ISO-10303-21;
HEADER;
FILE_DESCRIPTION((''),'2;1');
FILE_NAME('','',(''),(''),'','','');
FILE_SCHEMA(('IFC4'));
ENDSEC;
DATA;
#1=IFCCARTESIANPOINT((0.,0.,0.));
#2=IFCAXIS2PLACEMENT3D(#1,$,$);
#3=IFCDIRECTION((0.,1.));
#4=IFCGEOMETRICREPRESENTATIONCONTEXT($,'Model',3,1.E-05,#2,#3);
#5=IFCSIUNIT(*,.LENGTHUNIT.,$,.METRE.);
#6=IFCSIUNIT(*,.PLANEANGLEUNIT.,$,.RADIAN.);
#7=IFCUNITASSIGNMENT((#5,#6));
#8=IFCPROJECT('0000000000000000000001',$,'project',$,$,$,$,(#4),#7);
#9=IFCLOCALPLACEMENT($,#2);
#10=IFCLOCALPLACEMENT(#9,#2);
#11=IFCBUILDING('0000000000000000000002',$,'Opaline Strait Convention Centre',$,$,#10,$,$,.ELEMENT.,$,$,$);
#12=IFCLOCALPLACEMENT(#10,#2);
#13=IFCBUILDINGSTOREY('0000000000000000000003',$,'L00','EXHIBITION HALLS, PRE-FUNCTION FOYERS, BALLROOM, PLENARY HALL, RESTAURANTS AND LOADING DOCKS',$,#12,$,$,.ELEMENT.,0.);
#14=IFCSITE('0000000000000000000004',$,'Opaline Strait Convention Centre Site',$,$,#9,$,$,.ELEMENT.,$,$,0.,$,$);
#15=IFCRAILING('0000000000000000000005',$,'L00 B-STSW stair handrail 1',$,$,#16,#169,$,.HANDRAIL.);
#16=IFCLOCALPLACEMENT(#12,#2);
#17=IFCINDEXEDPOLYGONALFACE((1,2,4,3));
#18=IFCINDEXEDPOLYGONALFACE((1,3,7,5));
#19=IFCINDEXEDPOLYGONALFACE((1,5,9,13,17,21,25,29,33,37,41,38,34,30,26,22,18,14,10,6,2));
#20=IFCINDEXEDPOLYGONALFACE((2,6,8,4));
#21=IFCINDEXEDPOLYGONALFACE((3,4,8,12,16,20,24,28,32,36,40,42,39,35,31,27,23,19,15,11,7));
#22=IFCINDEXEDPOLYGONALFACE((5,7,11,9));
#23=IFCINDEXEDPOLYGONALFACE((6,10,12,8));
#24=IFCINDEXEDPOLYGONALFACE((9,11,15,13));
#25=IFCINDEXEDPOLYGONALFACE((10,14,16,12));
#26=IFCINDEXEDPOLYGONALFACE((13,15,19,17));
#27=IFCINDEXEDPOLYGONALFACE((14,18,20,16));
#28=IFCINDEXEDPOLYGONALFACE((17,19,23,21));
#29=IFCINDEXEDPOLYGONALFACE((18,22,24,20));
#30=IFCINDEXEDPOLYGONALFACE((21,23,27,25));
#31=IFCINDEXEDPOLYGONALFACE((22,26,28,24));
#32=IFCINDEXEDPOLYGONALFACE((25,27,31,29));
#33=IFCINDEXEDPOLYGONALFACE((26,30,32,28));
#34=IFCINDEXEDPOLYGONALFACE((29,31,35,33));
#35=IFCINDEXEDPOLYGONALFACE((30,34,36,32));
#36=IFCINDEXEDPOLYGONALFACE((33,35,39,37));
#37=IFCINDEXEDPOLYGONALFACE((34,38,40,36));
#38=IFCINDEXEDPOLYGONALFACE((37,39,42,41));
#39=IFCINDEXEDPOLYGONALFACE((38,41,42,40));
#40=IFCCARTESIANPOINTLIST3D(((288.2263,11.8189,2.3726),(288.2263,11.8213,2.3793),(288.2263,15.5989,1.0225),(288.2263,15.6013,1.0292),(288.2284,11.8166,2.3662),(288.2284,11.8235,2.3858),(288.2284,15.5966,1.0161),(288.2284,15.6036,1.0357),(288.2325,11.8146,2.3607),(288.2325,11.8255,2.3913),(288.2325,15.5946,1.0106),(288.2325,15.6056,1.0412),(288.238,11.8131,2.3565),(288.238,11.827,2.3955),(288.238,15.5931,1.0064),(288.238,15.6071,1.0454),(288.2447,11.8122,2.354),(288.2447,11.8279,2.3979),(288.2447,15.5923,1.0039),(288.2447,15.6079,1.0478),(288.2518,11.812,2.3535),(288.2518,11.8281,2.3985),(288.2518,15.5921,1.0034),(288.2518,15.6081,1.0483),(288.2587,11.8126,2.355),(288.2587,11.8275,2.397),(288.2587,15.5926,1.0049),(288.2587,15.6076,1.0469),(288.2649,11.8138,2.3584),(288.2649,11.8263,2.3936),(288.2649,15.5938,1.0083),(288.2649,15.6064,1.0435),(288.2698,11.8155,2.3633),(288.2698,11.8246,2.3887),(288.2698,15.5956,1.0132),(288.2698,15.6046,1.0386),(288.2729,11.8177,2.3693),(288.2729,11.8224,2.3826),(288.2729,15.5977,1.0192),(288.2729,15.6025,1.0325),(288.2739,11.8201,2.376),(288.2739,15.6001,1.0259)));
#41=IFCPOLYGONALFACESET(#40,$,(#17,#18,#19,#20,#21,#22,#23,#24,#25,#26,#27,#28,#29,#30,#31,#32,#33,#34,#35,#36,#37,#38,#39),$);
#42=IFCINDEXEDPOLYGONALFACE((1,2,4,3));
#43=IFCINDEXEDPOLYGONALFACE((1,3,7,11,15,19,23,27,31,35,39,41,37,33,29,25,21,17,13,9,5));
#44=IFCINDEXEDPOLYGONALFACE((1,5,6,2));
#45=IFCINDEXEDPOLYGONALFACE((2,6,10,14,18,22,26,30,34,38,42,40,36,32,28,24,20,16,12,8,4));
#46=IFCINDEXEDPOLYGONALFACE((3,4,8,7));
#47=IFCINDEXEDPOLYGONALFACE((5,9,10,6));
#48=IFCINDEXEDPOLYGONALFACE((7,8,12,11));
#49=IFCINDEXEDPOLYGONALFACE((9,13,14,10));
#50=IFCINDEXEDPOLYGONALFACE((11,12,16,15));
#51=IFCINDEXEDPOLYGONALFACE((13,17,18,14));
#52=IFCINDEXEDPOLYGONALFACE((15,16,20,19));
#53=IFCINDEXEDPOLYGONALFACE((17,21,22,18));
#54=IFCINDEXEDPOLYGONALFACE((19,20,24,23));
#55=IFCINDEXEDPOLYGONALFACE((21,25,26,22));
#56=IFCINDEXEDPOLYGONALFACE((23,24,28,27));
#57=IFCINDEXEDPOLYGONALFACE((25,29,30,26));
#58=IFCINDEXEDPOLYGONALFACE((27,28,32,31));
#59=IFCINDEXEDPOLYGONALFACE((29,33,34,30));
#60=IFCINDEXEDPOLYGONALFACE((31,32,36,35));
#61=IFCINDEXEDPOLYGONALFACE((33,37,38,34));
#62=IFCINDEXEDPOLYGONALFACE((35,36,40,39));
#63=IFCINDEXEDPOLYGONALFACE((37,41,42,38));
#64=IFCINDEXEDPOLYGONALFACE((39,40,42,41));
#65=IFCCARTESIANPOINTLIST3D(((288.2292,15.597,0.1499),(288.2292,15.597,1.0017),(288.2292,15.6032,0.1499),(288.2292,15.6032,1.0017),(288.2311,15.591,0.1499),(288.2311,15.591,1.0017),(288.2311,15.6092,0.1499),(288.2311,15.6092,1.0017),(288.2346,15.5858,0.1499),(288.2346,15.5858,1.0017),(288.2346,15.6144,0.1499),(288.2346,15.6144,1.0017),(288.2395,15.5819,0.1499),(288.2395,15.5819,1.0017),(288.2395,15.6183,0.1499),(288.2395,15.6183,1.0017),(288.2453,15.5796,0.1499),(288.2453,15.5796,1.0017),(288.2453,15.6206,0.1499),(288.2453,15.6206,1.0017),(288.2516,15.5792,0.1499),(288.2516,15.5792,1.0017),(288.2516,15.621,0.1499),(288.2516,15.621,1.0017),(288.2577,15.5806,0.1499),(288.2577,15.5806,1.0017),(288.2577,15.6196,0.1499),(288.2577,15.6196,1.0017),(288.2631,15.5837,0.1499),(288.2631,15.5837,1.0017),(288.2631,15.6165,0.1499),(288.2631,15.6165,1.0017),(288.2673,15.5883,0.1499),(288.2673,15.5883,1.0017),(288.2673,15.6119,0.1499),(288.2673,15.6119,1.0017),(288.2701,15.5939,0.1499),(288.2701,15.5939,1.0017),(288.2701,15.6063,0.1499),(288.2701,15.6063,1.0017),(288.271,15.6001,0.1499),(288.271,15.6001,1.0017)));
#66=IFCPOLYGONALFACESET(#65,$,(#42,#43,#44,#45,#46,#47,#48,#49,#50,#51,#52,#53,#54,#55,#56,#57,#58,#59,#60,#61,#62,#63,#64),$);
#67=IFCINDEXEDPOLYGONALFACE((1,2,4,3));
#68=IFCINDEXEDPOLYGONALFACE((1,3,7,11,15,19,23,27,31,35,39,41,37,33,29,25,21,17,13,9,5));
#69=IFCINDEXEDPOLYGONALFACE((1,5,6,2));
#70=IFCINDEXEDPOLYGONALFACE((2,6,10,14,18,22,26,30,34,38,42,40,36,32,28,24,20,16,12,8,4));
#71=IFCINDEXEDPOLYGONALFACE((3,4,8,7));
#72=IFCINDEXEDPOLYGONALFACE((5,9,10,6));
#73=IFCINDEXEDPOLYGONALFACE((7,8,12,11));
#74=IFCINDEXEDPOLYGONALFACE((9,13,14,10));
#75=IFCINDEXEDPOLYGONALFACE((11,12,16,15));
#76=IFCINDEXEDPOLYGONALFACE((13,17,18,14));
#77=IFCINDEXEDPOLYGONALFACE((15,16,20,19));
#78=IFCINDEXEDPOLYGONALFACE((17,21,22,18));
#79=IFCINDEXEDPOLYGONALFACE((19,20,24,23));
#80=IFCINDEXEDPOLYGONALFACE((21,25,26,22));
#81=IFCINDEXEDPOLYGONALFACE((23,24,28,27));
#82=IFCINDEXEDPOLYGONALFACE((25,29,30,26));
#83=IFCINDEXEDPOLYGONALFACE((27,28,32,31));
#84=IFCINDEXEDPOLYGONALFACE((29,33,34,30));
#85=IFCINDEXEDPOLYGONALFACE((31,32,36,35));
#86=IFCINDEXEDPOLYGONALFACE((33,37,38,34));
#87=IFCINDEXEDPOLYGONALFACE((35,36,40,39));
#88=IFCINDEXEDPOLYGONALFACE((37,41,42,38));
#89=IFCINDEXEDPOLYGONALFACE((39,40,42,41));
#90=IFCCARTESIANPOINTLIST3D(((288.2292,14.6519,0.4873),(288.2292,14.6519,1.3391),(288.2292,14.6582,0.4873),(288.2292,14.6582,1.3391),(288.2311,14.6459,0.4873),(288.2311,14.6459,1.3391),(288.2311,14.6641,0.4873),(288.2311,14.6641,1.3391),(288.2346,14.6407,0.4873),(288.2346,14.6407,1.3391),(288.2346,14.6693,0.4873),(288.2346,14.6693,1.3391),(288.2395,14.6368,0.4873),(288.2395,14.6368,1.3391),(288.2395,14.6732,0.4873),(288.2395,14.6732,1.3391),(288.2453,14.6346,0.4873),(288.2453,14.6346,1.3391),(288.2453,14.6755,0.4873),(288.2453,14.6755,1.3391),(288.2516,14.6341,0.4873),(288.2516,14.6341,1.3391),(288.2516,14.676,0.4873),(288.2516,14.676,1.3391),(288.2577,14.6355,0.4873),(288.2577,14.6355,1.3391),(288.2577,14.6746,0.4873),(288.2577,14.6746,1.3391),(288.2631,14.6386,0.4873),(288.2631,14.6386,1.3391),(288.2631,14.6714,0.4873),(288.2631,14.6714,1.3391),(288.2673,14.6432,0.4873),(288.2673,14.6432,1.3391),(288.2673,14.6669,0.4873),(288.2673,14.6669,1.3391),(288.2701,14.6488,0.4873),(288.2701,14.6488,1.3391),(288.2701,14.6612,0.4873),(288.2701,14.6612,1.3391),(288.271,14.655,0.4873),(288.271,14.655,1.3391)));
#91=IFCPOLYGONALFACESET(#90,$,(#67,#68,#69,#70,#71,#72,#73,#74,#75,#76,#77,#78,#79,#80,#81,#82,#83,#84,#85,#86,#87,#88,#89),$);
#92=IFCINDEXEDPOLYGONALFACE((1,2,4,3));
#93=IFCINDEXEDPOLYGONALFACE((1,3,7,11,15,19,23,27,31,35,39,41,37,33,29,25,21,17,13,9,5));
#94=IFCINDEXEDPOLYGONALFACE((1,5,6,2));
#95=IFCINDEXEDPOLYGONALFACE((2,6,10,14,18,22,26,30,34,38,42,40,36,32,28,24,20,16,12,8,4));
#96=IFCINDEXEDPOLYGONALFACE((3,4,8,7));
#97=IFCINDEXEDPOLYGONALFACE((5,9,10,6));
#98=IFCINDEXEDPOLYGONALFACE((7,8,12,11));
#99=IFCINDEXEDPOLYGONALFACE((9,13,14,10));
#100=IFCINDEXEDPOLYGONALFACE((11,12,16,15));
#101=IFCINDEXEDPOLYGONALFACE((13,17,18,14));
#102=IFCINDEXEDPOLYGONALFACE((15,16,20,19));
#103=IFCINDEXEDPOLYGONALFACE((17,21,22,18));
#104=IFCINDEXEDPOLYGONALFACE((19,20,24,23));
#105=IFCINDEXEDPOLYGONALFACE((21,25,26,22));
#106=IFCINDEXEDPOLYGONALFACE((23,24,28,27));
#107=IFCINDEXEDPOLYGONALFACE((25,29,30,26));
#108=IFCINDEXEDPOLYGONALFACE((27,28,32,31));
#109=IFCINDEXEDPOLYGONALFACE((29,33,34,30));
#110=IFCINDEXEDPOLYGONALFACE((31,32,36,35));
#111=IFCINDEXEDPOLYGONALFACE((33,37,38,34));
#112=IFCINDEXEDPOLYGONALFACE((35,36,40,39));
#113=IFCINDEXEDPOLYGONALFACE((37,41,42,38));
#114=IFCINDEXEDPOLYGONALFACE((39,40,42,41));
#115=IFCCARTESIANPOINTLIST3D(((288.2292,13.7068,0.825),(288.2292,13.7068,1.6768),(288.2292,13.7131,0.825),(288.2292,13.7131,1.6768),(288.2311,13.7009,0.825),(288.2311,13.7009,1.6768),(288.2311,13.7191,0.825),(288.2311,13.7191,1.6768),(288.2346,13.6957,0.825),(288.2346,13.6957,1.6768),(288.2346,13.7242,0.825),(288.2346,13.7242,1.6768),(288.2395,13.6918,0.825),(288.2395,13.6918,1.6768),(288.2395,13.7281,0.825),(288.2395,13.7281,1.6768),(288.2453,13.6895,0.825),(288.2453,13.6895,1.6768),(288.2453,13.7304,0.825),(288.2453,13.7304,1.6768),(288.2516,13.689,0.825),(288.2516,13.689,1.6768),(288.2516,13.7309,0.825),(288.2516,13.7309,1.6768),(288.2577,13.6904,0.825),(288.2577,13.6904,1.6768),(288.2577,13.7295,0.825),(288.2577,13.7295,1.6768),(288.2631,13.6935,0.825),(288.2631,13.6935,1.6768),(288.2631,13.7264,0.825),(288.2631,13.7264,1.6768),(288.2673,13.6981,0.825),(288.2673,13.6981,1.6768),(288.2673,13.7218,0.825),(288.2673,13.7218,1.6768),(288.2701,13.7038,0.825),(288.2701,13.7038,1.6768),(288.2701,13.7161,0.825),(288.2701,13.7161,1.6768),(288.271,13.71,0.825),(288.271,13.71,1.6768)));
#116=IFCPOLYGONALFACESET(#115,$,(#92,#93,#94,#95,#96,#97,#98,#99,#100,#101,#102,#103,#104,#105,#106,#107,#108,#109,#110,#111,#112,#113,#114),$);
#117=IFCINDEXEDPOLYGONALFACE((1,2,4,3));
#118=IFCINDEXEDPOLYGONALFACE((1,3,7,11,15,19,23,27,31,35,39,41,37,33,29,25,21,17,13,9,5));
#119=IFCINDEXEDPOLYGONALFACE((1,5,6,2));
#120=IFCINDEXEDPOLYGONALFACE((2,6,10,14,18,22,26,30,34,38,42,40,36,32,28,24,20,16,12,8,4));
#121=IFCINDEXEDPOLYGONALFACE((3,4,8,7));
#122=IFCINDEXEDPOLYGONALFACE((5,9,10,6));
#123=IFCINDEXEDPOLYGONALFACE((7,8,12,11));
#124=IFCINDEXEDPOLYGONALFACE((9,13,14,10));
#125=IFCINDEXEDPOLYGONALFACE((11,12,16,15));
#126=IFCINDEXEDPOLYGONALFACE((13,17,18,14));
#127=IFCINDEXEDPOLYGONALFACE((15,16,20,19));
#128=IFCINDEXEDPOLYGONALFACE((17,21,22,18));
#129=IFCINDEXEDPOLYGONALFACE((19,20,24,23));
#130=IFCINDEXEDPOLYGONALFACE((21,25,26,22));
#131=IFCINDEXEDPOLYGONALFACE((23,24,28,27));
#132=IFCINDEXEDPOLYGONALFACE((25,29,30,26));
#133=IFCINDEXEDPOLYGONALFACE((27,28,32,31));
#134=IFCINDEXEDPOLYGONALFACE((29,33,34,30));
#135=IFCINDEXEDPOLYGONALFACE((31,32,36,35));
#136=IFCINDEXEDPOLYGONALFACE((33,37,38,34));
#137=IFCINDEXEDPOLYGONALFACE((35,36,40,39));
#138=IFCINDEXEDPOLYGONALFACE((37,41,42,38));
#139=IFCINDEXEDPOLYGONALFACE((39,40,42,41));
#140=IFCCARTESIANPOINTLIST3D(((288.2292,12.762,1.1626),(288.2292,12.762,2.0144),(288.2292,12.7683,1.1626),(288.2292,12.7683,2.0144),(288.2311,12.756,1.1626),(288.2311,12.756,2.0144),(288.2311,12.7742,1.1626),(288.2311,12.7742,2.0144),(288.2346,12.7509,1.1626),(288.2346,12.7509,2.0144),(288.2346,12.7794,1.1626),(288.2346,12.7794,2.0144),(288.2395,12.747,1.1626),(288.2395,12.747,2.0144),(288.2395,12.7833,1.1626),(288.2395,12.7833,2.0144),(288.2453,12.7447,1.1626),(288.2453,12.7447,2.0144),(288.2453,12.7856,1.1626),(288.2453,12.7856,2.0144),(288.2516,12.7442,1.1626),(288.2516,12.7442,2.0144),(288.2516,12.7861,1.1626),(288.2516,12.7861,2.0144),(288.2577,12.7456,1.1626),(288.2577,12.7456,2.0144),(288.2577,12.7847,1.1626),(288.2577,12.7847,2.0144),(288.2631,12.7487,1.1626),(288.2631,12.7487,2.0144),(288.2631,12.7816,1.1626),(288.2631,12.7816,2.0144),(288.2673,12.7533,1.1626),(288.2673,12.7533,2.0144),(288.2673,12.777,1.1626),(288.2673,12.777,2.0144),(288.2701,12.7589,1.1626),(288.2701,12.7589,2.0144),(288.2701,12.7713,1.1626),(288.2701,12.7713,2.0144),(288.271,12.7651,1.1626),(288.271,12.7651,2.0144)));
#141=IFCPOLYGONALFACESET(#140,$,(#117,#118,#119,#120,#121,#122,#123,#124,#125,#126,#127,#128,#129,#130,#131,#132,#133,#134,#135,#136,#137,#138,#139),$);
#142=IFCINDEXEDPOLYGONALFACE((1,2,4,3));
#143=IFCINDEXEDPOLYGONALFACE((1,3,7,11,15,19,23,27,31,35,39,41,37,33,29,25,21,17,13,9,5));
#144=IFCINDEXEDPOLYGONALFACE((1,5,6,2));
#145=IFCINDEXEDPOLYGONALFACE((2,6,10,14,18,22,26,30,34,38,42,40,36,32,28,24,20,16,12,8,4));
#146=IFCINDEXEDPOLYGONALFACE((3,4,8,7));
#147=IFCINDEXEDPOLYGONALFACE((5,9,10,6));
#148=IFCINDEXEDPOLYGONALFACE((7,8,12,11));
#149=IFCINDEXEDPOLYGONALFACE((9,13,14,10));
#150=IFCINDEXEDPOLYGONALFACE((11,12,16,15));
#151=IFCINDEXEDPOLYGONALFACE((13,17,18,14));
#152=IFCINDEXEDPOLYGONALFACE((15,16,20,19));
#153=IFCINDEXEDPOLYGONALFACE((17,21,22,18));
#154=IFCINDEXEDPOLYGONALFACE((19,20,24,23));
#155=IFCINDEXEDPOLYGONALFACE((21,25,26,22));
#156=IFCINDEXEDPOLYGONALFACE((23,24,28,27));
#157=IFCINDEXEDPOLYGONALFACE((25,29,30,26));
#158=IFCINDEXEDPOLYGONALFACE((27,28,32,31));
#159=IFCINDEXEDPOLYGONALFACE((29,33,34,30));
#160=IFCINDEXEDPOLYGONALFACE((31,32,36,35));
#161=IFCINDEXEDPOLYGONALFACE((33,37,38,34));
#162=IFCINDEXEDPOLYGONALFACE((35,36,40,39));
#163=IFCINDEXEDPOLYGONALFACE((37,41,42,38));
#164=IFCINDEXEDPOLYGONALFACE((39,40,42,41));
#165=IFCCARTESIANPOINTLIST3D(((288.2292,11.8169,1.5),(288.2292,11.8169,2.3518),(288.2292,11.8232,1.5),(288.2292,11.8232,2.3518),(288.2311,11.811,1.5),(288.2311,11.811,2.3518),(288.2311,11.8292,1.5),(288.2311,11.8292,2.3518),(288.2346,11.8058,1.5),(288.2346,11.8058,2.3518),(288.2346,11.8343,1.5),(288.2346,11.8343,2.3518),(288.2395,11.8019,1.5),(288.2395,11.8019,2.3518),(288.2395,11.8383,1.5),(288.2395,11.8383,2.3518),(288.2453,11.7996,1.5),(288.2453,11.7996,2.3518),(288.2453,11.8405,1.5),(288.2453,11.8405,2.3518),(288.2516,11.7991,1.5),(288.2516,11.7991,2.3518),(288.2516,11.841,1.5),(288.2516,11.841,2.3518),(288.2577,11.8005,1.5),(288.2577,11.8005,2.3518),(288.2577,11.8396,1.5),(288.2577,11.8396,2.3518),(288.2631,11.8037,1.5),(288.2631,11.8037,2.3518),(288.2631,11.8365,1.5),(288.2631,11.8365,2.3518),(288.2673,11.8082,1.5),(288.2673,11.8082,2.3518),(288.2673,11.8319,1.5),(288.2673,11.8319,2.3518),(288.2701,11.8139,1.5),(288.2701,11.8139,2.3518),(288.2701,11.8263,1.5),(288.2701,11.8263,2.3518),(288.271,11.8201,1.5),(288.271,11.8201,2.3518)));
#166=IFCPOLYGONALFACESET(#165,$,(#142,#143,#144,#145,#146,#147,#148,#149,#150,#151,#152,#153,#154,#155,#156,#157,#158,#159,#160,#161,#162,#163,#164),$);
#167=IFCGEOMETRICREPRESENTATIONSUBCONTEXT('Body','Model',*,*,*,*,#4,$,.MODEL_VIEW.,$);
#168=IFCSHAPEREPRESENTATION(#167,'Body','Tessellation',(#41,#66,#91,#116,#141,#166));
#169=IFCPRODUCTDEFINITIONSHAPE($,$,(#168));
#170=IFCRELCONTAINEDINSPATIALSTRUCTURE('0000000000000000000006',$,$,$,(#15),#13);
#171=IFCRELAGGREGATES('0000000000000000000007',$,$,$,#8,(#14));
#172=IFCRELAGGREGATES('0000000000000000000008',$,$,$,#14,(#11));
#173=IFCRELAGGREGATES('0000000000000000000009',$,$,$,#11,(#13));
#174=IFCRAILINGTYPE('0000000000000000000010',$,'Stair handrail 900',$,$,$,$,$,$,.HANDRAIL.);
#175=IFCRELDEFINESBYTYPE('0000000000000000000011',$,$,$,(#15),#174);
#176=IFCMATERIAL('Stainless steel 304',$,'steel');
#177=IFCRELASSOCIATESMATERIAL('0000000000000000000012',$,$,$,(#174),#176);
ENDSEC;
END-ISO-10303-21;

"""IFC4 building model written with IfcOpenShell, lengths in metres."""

from ifc_helpers import new_model, si_unit, direction, frame, origin, origin_2d, place, context, subcontext, project, spatial, circle, extrude, material, type_object, element, save


model = new_model("IFC4")

# Units and contexts
model_context = context("Model", 3, precision=1e-05, world=origin(), true_north=direction((0.0, 1.0)))
body_context = subcontext(model_context, "Body", "Model", "MODEL_VIEW")
ifc_project = project(units=[si_unit("LENGTHUNIT", "METRE"), si_unit("PLANEANGLEUNIT", "RADIAN")], contexts=[model_context])

# Site, building, storey
site_placement = place(None, origin())
site = spatial("IfcSite", under=ifc_project, at=site_placement, Name="Opaline Strait Convention Centre Site", CompositionType="ELEMENT", RefElevation=0.0)
building_placement = place(site_placement, origin())
building = spatial("IfcBuilding", under=site, at=building_placement, Name="Opaline Strait Convention Centre", CompositionType="ELEMENT")
storey_placement = place(building_placement, origin())
storey = spatial("IfcBuildingStorey", under=building, at=storey_placement, Name="L00", Description="EXHIBITION HALLS, PRE-FUNCTION FOYERS, BALLROOM, PLENARY HALL, RESTAURANTS AND LOADING DOCKS", CompositionType="ELEMENT", Elevation=0.0)

# Railing
ifc_material_1 = material(Name="Stainless steel 304", Category="steel")
railing_type_1 = type_object("IfcRailingType", Name="Stair handrail 900", PredefinedType="HANDRAIL", material=ifc_material_1)
railing_1_placement = place(storey_placement, frame((288.25, 15.6001, 0.1499)))
element("IfcRailing", 1, at=railing_1_placement, inside=storey, type_object=railing_type_1, Name="L00 B-STSW stair handrail 1", PredefinedType="HANDRAIL", context=body_context, shape_type="SweptSolid", body=[
    extrude(circle(Radius=0.0239, at=origin_2d()), frame((0.0, 0.0, 0.876), z_axis=(0.0, -0.941735, 0.336356), x_axis=(1.0, 0.0, 0.0)), (0.0, 0.0, 1.0), 4.0139),
    extrude(circle(Radius=0.021, at=origin_2d()), origin(), (0.0, 0.0, 1.0), 0.8518),
    extrude(circle(Radius=0.021, at=origin_2d()), frame((0.0, -0.9451, 0.3374)), (0.0, 0.0, 1.0), 0.8518),
    extrude(circle(Radius=0.021, at=origin_2d()), frame((0.0, -1.8901, 0.675)), (0.0, 0.0, 1.0), 0.8518),
    extrude(circle(Radius=0.021, at=origin_2d()), frame((0.0, -2.835, 1.0127)), (0.0, 0.0, 1.0), 0.8518),
    extrude(circle(Radius=0.021, at=origin_2d()), frame((0.0, -3.78, 1.3501)), (0.0, 0.0, 1.0), 0.8518),
])

save(model, "model.ifc")
